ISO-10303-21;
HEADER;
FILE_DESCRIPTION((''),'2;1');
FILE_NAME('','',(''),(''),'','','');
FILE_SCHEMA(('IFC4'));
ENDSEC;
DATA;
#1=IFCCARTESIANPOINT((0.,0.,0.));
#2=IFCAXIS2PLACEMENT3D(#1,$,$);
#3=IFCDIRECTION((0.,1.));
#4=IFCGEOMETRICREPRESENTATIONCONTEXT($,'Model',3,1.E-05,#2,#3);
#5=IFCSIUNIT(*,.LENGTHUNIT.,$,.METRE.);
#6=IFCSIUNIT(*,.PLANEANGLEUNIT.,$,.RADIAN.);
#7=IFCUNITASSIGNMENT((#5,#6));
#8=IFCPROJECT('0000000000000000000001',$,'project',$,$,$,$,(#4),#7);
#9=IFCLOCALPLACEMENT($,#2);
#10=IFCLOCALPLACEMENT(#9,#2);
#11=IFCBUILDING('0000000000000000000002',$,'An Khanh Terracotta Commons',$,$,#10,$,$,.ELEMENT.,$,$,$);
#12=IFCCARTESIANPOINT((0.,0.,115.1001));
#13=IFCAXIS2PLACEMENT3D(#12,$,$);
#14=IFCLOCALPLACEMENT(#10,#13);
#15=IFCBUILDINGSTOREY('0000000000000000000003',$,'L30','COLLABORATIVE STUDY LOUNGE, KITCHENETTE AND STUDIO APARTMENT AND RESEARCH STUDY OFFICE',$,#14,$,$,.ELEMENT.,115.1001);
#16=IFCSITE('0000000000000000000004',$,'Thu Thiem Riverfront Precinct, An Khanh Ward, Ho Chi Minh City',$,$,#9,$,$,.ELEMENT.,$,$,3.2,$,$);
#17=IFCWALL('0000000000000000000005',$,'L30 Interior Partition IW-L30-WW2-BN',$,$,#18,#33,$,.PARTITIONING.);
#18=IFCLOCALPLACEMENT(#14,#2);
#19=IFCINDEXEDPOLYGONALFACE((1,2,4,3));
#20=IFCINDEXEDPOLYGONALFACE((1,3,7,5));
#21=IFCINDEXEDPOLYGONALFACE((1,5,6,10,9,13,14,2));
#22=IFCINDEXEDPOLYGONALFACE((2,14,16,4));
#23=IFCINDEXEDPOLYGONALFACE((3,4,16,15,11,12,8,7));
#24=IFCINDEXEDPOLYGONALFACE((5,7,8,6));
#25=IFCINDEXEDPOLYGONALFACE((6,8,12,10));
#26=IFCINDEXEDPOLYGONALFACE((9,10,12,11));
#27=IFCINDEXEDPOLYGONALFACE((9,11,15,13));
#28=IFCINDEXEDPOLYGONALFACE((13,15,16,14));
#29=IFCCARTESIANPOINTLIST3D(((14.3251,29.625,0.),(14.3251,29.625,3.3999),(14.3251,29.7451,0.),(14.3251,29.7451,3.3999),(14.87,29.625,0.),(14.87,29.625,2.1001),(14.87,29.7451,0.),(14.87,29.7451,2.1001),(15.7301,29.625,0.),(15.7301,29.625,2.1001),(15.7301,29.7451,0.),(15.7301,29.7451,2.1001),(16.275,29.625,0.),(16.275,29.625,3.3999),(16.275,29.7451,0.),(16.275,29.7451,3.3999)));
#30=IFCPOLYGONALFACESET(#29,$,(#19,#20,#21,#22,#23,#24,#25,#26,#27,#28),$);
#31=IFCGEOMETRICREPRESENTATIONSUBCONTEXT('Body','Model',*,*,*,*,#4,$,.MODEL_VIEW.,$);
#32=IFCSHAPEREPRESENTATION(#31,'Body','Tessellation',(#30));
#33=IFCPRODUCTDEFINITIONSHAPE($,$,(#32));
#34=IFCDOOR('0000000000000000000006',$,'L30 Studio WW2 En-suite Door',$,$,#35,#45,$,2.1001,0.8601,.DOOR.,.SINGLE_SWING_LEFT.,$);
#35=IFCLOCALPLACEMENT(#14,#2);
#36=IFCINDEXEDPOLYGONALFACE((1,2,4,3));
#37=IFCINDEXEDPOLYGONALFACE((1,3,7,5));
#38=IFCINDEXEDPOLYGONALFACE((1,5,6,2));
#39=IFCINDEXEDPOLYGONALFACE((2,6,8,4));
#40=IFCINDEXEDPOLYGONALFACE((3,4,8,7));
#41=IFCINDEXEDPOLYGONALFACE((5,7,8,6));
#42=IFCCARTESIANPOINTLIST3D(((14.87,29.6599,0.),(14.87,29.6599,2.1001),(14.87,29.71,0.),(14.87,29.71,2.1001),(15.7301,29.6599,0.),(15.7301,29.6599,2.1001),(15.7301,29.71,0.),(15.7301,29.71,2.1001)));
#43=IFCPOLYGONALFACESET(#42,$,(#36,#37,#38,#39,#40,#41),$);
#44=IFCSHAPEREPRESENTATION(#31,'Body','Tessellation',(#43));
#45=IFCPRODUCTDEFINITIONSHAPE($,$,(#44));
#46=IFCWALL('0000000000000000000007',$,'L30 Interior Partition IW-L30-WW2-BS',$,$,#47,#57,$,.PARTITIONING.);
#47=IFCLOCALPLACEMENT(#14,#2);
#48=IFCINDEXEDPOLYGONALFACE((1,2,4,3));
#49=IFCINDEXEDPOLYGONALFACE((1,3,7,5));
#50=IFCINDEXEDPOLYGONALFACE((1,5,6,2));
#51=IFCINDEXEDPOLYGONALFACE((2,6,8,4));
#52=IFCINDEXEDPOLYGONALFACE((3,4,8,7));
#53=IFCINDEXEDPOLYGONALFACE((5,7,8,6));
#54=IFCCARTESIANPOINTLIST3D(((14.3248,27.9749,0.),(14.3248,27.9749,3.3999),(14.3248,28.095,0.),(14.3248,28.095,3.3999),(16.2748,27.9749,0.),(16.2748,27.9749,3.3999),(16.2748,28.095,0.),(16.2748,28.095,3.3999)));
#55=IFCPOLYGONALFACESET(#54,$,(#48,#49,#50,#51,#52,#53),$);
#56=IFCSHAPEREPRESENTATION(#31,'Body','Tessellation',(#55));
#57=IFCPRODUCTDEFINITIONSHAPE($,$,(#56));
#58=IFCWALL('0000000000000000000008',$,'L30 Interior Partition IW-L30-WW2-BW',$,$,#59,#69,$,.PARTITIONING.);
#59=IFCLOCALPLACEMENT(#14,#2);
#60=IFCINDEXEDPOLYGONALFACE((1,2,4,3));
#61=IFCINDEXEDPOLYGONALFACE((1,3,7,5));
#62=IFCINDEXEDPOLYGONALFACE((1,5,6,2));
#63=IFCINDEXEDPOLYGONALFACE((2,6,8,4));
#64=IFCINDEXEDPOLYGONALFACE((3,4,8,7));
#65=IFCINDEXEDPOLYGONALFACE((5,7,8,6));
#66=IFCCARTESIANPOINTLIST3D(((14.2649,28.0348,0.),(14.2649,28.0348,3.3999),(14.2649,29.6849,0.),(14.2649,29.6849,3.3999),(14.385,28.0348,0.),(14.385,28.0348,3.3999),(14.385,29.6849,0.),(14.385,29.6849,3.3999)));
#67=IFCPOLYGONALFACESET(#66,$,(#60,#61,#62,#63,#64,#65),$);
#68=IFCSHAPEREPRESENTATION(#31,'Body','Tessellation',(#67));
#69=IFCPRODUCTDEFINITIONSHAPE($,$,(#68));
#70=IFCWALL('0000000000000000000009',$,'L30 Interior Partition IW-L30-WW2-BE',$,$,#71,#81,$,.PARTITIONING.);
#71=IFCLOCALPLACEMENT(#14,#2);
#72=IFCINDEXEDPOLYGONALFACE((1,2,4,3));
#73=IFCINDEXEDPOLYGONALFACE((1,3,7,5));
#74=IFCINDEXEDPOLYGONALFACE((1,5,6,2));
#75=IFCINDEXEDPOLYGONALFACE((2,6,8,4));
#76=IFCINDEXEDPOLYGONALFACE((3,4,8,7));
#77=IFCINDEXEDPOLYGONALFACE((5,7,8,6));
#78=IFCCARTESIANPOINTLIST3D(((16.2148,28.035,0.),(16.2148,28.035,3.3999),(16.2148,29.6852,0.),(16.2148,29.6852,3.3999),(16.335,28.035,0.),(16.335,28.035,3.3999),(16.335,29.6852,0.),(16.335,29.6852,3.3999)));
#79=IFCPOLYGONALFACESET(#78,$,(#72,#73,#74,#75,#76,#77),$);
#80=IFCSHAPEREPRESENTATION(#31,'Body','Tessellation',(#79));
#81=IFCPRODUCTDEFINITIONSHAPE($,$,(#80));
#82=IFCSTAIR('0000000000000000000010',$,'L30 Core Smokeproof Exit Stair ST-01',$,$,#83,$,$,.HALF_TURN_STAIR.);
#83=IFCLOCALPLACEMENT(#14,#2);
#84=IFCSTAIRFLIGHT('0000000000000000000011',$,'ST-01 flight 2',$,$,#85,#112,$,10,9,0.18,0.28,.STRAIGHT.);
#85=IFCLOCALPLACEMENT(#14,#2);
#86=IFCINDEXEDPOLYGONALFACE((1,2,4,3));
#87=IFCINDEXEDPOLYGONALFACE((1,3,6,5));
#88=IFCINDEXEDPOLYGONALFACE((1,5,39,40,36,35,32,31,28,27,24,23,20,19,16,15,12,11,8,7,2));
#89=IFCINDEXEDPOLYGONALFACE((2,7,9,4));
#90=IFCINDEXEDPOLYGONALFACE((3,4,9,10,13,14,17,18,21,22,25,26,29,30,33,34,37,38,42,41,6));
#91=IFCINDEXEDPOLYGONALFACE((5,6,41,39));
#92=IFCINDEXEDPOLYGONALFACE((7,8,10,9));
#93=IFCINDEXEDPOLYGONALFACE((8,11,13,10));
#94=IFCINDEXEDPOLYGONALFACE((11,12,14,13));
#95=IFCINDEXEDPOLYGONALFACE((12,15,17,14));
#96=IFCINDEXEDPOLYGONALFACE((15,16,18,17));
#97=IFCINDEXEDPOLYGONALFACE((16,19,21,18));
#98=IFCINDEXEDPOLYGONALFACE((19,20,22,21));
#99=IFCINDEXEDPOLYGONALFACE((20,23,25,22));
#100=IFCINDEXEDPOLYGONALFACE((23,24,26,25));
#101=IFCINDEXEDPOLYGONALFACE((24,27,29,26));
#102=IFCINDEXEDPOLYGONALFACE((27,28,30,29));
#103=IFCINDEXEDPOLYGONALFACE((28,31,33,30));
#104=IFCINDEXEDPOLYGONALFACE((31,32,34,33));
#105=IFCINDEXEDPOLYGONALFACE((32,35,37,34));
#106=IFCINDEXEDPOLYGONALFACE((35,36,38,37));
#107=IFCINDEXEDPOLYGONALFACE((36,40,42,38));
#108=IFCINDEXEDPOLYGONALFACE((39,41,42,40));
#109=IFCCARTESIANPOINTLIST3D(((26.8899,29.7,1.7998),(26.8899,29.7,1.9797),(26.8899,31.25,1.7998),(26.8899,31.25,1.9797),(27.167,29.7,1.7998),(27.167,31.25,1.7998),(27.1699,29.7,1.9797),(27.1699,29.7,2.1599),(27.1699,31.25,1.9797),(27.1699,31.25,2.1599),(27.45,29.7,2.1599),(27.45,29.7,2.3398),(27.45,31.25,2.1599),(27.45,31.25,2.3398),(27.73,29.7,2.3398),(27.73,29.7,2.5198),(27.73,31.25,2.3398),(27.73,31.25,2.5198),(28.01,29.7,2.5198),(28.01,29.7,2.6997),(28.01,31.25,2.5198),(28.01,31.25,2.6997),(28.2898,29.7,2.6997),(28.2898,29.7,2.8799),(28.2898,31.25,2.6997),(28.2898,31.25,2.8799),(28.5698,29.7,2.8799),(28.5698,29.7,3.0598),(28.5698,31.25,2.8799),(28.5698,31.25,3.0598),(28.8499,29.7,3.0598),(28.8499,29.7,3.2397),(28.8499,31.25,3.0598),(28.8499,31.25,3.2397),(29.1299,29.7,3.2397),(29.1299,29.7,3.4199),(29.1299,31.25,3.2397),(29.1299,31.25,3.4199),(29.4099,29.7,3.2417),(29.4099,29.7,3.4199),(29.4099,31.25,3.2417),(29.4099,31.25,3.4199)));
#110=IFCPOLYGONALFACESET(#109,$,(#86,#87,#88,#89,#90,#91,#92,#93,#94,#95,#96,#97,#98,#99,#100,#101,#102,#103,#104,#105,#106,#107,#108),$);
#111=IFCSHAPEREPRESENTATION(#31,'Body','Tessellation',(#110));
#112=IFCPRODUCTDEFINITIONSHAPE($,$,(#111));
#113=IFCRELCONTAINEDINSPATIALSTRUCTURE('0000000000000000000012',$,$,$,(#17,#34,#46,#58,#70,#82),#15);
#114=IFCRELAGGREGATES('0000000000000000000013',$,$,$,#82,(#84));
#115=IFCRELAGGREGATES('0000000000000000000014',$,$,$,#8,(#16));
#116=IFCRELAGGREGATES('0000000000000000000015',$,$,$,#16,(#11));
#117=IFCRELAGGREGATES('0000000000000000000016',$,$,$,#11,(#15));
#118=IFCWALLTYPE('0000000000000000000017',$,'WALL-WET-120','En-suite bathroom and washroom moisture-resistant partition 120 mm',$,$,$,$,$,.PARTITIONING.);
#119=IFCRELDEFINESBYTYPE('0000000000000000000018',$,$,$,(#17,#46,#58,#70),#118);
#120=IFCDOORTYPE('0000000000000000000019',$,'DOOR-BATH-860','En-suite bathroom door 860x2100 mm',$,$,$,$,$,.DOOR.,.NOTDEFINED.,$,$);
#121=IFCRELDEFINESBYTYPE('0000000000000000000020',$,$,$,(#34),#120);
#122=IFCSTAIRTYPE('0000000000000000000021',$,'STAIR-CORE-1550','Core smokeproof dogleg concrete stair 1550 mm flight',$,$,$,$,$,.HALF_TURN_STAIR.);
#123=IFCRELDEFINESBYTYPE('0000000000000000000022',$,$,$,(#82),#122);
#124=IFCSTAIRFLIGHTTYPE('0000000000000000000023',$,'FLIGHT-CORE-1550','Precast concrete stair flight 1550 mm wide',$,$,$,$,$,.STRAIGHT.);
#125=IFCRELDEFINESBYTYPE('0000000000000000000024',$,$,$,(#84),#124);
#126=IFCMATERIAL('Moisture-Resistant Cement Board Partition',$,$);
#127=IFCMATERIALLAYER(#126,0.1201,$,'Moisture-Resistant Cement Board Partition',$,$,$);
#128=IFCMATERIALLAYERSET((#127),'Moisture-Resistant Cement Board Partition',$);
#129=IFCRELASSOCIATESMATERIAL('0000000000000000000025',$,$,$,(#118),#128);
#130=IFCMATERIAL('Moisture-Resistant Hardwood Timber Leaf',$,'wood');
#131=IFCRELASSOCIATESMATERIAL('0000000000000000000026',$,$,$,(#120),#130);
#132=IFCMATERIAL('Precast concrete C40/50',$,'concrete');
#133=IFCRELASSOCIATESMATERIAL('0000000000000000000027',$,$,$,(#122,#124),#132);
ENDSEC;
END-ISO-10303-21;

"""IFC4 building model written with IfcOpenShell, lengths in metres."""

from ifc_helpers import new_model, si_unit, direction, frame, frame_2d, origin, place, context, subcontext, project, spatial, polyline, rectangle, outline, extrude, material, layer, layer_set, type_object, element, fill, aggregate, save


model = new_model("IFC4")

# Units and contexts
model_context = context("Model", 3, precision=1e-05, world=origin(), true_north=direction((0.0, 1.0)))
body_context = subcontext(model_context, "Body", "Model", "MODEL_VIEW")
ifc_project = project(units=[si_unit("LENGTHUNIT", "METRE"), si_unit("PLANEANGLEUNIT", "RADIAN")], contexts=[model_context])

# Site, building, storey
site_placement = place(None, origin())
site = spatial("IfcSite", under=ifc_project, at=site_placement, Name="Thu Thiem Riverfront Precinct, An Khanh Ward, Ho Chi Minh City", CompositionType="ELEMENT", RefElevation=3.2)
building_placement = place(site_placement, origin())
building = spatial("IfcBuilding", under=site, at=building_placement, Name="An Khanh Terracotta Commons", CompositionType="ELEMENT")
storey_placement = place(building_placement, frame((0.0, 0.0, 115.1001)))
storey = spatial("IfcBuildingStorey", under=building, at=storey_placement, Name="L30", Description="COLLABORATIVE STUDY LOUNGE, KITCHENETTE AND STUDIO APARTMENT AND RESEARCH STUDY OFFICE", CompositionType="ELEMENT", Elevation=115.1001)

# Wall, opening, door
ifc_material_1 = material(Name="Moisture-Resistant Cement Board Partition")
ifc_layer_1 = layer(ifc_material_1, 0.1201, Name="Moisture-Resistant Cement Board Partition")
ifc_layer_set_1 = layer_set([ifc_layer_1], Name="Moisture-Resistant Cement Board Partition")
wall_type_1 = type_object("IfcWallType", Name="WALL-WET-120", Description="En-suite bathroom and washroom moisture-resistant partition 120 mm", PredefinedType="PARTITIONING", material=ifc_layer_set_1)
wall_1_placement = place(storey_placement, frame((14.325, 29.6851, 0.0), z_axis=(0.0, 0.0, 1.0), x_axis=(1.0, 0.0, 0.0)))
wall_1 = element("IfcWall", 1, at=wall_1_placement, inside=storey, type_object=wall_type_1, Name="L30 Interior Partition IW-L30-WW2-BN", PredefinedType="PARTITIONING", context=body_context, shape_type="SweptSolid", body=[
    extrude(rectangle(XDim=1.95, YDim=0.1201, at=frame_2d((0.9751, 0.0))), origin(), (0.0, 0.0, 1.0), 3.3999),
])
opening_1_placement = place(wall_1_placement, frame((0.5449, 0.0, 0.0)))
opening_1 = element("IfcOpeningElement", 2, at=opening_1_placement, cuts=wall_1, PredefinedType="OPENING", context=body_context, shape_type="SweptSolid", body=[
    extrude(rectangle(XDim=0.8601, YDim=2.1001, at=frame_2d((0.4302, 1.05))), frame((0.0, 0.0701, 0.0), z_axis=(0.0, -1.0, 0.0), x_axis=(1.0, 0.0, 0.0)), (0.0, 0.0, 1.0), 0.1401),
])
ifc_material_2 = material(Name="Moisture-Resistant Hardwood Timber Leaf", Category="wood")
door_type_1 = type_object("IfcDoorType", Name="DOOR-BATH-860", Description="En-suite bathroom door 860x2100 mm", OperationType="NOTDEFINED", PredefinedType="DOOR", material=ifc_material_2)
door_1_placement = place(opening_1_placement, origin())
door_1 = element("IfcDoor", 3, at=door_1_placement, inside=storey, type_object=door_type_1, Name="L30 Studio WW2 En-suite Door", OperationType="SINGLE_SWING_LEFT", OverallHeight=2.1001, OverallWidth=0.8601, PredefinedType="DOOR", context=body_context, shape_type="SweptSolid", body=[
    extrude(rectangle(XDim=0.8601, YDim=2.1001, at=frame_2d((0.4302, 1.05))), frame((0.0, 0.0249, 0.0), z_axis=(0.0, -1.0, 0.0), x_axis=(1.0, 0.0, 0.0)), (0.0, 0.0, 1.0), 0.05),
])
fill(opening_1, door_1)

# Walls
wall_2_placement = place(storey_placement, frame((16.2749, 28.0349, 0.0), z_axis=(0.0, 0.0, 1.0), x_axis=(-1.0, 0.0, 0.0)))
element("IfcWall", 4, at=wall_2_placement, inside=storey, type_object=wall_type_1, Name="L30 Interior Partition IW-L30-WW2-BS", PredefinedType="PARTITIONING", context=body_context, shape_type="SweptSolid", body=[
    extrude(rectangle(XDim=1.95, YDim=0.1201, at=frame_2d((0.9751, 0.0))), origin(), (0.0, 0.0, 1.0), 3.3999),
])
for number, where, z_axis, x_axis, name in (
    (5, (14.325, 29.6851, 0.0), (0.0, 0.0, 1.0), (0.0, -1.0, 0.0), "L30 Interior Partition IW-L30-WW2-BW"),
    (6, (16.2749, 28.0349, 0.0), (0.0, 0.0, 1.0), (0.0, 1.0, 0.0), "L30 Interior Partition IW-L30-WW2-BE"),
):
    element("IfcWall", number, at=place(storey_placement, frame(where, z_axis=z_axis, x_axis=x_axis)), inside=storey, type_object=wall_type_1, Name=name, PredefinedType="PARTITIONING", context=body_context, shape_type="SweptSolid", body=[
        extrude(rectangle(XDim=1.6501, YDim=0.1201, at=frame_2d((0.8252, 0.0))), origin(), (0.0, 0.0, 1.0), 3.3999),
    ])

# Stair, stair flight
ifc_material_3 = material(Name="Precast concrete C40/50", Category="concrete")
stair_type = type_object("IfcStairType", Name="STAIR-CORE-1550", Description="Core smokeproof dogleg concrete stair 1550 mm flight", PredefinedType="HALF_TURN_STAIR", material=ifc_material_3)
stair_placement = place(storey_placement, origin())
stair = element("IfcStair", 7, at=stair_placement, inside=storey, type_object=stair_type, Name="L30 Core Smokeproof Exit Stair ST-01", PredefinedType="HALF_TURN_STAIR")
stair_flight_type = type_object("IfcStairFlightType", Name="FLIGHT-CORE-1550", Description="Precast concrete stair flight 1550 mm wide", PredefinedType="STRAIGHT", material=ifc_material_3)
stair_flight_placement = place(storey_placement, frame((26.8899, 30.4751, 1.7998), z_axis=(0.0, 0.0, 1.0), x_axis=(1.0, 0.0, 0.0)))
stair_flight = element("IfcStairFlight", 8, at=stair_flight_placement, type_object=stair_flight_type, Name="ST-01 flight 2", NumberOfRisers=10, NumberOfTreads=9, PredefinedType="STRAIGHT", RiserHeight=0.18, TreadLength=0.28, context=body_context, shape_type="SweptSolid", body=[
    extrude(outline(polyline([(0.0, 0.0), (0.0, 0.1799), (0.28, 0.1799), (0.28, 0.3601), (0.5601, 0.3601), (0.5601, 0.54), (0.8401, 0.54), (0.8401, 0.72), (1.1201, 0.72), (1.1201, 0.8999), (1.3999, 0.8999), (1.3999, 1.0801), (1.6799, 1.0801), (1.6799, 1.26), (1.96, 1.26), (1.96, 1.4399), (2.24, 1.4399), (2.24, 1.6201), (2.52, 1.6201), (2.52, 1.8), (2.52, 1.4419), (0.2771, 0.0), (0.0, 0.0)])), frame((0.0, 0.7749, 0.0), z_axis=(0.0, -1.0, 0.0), x_axis=(1.0, 0.0, 0.0)), (0.0, 0.0, 1.0), 1.55),
])
aggregate(stair, [stair_flight])

save(model, "model.ifc")
